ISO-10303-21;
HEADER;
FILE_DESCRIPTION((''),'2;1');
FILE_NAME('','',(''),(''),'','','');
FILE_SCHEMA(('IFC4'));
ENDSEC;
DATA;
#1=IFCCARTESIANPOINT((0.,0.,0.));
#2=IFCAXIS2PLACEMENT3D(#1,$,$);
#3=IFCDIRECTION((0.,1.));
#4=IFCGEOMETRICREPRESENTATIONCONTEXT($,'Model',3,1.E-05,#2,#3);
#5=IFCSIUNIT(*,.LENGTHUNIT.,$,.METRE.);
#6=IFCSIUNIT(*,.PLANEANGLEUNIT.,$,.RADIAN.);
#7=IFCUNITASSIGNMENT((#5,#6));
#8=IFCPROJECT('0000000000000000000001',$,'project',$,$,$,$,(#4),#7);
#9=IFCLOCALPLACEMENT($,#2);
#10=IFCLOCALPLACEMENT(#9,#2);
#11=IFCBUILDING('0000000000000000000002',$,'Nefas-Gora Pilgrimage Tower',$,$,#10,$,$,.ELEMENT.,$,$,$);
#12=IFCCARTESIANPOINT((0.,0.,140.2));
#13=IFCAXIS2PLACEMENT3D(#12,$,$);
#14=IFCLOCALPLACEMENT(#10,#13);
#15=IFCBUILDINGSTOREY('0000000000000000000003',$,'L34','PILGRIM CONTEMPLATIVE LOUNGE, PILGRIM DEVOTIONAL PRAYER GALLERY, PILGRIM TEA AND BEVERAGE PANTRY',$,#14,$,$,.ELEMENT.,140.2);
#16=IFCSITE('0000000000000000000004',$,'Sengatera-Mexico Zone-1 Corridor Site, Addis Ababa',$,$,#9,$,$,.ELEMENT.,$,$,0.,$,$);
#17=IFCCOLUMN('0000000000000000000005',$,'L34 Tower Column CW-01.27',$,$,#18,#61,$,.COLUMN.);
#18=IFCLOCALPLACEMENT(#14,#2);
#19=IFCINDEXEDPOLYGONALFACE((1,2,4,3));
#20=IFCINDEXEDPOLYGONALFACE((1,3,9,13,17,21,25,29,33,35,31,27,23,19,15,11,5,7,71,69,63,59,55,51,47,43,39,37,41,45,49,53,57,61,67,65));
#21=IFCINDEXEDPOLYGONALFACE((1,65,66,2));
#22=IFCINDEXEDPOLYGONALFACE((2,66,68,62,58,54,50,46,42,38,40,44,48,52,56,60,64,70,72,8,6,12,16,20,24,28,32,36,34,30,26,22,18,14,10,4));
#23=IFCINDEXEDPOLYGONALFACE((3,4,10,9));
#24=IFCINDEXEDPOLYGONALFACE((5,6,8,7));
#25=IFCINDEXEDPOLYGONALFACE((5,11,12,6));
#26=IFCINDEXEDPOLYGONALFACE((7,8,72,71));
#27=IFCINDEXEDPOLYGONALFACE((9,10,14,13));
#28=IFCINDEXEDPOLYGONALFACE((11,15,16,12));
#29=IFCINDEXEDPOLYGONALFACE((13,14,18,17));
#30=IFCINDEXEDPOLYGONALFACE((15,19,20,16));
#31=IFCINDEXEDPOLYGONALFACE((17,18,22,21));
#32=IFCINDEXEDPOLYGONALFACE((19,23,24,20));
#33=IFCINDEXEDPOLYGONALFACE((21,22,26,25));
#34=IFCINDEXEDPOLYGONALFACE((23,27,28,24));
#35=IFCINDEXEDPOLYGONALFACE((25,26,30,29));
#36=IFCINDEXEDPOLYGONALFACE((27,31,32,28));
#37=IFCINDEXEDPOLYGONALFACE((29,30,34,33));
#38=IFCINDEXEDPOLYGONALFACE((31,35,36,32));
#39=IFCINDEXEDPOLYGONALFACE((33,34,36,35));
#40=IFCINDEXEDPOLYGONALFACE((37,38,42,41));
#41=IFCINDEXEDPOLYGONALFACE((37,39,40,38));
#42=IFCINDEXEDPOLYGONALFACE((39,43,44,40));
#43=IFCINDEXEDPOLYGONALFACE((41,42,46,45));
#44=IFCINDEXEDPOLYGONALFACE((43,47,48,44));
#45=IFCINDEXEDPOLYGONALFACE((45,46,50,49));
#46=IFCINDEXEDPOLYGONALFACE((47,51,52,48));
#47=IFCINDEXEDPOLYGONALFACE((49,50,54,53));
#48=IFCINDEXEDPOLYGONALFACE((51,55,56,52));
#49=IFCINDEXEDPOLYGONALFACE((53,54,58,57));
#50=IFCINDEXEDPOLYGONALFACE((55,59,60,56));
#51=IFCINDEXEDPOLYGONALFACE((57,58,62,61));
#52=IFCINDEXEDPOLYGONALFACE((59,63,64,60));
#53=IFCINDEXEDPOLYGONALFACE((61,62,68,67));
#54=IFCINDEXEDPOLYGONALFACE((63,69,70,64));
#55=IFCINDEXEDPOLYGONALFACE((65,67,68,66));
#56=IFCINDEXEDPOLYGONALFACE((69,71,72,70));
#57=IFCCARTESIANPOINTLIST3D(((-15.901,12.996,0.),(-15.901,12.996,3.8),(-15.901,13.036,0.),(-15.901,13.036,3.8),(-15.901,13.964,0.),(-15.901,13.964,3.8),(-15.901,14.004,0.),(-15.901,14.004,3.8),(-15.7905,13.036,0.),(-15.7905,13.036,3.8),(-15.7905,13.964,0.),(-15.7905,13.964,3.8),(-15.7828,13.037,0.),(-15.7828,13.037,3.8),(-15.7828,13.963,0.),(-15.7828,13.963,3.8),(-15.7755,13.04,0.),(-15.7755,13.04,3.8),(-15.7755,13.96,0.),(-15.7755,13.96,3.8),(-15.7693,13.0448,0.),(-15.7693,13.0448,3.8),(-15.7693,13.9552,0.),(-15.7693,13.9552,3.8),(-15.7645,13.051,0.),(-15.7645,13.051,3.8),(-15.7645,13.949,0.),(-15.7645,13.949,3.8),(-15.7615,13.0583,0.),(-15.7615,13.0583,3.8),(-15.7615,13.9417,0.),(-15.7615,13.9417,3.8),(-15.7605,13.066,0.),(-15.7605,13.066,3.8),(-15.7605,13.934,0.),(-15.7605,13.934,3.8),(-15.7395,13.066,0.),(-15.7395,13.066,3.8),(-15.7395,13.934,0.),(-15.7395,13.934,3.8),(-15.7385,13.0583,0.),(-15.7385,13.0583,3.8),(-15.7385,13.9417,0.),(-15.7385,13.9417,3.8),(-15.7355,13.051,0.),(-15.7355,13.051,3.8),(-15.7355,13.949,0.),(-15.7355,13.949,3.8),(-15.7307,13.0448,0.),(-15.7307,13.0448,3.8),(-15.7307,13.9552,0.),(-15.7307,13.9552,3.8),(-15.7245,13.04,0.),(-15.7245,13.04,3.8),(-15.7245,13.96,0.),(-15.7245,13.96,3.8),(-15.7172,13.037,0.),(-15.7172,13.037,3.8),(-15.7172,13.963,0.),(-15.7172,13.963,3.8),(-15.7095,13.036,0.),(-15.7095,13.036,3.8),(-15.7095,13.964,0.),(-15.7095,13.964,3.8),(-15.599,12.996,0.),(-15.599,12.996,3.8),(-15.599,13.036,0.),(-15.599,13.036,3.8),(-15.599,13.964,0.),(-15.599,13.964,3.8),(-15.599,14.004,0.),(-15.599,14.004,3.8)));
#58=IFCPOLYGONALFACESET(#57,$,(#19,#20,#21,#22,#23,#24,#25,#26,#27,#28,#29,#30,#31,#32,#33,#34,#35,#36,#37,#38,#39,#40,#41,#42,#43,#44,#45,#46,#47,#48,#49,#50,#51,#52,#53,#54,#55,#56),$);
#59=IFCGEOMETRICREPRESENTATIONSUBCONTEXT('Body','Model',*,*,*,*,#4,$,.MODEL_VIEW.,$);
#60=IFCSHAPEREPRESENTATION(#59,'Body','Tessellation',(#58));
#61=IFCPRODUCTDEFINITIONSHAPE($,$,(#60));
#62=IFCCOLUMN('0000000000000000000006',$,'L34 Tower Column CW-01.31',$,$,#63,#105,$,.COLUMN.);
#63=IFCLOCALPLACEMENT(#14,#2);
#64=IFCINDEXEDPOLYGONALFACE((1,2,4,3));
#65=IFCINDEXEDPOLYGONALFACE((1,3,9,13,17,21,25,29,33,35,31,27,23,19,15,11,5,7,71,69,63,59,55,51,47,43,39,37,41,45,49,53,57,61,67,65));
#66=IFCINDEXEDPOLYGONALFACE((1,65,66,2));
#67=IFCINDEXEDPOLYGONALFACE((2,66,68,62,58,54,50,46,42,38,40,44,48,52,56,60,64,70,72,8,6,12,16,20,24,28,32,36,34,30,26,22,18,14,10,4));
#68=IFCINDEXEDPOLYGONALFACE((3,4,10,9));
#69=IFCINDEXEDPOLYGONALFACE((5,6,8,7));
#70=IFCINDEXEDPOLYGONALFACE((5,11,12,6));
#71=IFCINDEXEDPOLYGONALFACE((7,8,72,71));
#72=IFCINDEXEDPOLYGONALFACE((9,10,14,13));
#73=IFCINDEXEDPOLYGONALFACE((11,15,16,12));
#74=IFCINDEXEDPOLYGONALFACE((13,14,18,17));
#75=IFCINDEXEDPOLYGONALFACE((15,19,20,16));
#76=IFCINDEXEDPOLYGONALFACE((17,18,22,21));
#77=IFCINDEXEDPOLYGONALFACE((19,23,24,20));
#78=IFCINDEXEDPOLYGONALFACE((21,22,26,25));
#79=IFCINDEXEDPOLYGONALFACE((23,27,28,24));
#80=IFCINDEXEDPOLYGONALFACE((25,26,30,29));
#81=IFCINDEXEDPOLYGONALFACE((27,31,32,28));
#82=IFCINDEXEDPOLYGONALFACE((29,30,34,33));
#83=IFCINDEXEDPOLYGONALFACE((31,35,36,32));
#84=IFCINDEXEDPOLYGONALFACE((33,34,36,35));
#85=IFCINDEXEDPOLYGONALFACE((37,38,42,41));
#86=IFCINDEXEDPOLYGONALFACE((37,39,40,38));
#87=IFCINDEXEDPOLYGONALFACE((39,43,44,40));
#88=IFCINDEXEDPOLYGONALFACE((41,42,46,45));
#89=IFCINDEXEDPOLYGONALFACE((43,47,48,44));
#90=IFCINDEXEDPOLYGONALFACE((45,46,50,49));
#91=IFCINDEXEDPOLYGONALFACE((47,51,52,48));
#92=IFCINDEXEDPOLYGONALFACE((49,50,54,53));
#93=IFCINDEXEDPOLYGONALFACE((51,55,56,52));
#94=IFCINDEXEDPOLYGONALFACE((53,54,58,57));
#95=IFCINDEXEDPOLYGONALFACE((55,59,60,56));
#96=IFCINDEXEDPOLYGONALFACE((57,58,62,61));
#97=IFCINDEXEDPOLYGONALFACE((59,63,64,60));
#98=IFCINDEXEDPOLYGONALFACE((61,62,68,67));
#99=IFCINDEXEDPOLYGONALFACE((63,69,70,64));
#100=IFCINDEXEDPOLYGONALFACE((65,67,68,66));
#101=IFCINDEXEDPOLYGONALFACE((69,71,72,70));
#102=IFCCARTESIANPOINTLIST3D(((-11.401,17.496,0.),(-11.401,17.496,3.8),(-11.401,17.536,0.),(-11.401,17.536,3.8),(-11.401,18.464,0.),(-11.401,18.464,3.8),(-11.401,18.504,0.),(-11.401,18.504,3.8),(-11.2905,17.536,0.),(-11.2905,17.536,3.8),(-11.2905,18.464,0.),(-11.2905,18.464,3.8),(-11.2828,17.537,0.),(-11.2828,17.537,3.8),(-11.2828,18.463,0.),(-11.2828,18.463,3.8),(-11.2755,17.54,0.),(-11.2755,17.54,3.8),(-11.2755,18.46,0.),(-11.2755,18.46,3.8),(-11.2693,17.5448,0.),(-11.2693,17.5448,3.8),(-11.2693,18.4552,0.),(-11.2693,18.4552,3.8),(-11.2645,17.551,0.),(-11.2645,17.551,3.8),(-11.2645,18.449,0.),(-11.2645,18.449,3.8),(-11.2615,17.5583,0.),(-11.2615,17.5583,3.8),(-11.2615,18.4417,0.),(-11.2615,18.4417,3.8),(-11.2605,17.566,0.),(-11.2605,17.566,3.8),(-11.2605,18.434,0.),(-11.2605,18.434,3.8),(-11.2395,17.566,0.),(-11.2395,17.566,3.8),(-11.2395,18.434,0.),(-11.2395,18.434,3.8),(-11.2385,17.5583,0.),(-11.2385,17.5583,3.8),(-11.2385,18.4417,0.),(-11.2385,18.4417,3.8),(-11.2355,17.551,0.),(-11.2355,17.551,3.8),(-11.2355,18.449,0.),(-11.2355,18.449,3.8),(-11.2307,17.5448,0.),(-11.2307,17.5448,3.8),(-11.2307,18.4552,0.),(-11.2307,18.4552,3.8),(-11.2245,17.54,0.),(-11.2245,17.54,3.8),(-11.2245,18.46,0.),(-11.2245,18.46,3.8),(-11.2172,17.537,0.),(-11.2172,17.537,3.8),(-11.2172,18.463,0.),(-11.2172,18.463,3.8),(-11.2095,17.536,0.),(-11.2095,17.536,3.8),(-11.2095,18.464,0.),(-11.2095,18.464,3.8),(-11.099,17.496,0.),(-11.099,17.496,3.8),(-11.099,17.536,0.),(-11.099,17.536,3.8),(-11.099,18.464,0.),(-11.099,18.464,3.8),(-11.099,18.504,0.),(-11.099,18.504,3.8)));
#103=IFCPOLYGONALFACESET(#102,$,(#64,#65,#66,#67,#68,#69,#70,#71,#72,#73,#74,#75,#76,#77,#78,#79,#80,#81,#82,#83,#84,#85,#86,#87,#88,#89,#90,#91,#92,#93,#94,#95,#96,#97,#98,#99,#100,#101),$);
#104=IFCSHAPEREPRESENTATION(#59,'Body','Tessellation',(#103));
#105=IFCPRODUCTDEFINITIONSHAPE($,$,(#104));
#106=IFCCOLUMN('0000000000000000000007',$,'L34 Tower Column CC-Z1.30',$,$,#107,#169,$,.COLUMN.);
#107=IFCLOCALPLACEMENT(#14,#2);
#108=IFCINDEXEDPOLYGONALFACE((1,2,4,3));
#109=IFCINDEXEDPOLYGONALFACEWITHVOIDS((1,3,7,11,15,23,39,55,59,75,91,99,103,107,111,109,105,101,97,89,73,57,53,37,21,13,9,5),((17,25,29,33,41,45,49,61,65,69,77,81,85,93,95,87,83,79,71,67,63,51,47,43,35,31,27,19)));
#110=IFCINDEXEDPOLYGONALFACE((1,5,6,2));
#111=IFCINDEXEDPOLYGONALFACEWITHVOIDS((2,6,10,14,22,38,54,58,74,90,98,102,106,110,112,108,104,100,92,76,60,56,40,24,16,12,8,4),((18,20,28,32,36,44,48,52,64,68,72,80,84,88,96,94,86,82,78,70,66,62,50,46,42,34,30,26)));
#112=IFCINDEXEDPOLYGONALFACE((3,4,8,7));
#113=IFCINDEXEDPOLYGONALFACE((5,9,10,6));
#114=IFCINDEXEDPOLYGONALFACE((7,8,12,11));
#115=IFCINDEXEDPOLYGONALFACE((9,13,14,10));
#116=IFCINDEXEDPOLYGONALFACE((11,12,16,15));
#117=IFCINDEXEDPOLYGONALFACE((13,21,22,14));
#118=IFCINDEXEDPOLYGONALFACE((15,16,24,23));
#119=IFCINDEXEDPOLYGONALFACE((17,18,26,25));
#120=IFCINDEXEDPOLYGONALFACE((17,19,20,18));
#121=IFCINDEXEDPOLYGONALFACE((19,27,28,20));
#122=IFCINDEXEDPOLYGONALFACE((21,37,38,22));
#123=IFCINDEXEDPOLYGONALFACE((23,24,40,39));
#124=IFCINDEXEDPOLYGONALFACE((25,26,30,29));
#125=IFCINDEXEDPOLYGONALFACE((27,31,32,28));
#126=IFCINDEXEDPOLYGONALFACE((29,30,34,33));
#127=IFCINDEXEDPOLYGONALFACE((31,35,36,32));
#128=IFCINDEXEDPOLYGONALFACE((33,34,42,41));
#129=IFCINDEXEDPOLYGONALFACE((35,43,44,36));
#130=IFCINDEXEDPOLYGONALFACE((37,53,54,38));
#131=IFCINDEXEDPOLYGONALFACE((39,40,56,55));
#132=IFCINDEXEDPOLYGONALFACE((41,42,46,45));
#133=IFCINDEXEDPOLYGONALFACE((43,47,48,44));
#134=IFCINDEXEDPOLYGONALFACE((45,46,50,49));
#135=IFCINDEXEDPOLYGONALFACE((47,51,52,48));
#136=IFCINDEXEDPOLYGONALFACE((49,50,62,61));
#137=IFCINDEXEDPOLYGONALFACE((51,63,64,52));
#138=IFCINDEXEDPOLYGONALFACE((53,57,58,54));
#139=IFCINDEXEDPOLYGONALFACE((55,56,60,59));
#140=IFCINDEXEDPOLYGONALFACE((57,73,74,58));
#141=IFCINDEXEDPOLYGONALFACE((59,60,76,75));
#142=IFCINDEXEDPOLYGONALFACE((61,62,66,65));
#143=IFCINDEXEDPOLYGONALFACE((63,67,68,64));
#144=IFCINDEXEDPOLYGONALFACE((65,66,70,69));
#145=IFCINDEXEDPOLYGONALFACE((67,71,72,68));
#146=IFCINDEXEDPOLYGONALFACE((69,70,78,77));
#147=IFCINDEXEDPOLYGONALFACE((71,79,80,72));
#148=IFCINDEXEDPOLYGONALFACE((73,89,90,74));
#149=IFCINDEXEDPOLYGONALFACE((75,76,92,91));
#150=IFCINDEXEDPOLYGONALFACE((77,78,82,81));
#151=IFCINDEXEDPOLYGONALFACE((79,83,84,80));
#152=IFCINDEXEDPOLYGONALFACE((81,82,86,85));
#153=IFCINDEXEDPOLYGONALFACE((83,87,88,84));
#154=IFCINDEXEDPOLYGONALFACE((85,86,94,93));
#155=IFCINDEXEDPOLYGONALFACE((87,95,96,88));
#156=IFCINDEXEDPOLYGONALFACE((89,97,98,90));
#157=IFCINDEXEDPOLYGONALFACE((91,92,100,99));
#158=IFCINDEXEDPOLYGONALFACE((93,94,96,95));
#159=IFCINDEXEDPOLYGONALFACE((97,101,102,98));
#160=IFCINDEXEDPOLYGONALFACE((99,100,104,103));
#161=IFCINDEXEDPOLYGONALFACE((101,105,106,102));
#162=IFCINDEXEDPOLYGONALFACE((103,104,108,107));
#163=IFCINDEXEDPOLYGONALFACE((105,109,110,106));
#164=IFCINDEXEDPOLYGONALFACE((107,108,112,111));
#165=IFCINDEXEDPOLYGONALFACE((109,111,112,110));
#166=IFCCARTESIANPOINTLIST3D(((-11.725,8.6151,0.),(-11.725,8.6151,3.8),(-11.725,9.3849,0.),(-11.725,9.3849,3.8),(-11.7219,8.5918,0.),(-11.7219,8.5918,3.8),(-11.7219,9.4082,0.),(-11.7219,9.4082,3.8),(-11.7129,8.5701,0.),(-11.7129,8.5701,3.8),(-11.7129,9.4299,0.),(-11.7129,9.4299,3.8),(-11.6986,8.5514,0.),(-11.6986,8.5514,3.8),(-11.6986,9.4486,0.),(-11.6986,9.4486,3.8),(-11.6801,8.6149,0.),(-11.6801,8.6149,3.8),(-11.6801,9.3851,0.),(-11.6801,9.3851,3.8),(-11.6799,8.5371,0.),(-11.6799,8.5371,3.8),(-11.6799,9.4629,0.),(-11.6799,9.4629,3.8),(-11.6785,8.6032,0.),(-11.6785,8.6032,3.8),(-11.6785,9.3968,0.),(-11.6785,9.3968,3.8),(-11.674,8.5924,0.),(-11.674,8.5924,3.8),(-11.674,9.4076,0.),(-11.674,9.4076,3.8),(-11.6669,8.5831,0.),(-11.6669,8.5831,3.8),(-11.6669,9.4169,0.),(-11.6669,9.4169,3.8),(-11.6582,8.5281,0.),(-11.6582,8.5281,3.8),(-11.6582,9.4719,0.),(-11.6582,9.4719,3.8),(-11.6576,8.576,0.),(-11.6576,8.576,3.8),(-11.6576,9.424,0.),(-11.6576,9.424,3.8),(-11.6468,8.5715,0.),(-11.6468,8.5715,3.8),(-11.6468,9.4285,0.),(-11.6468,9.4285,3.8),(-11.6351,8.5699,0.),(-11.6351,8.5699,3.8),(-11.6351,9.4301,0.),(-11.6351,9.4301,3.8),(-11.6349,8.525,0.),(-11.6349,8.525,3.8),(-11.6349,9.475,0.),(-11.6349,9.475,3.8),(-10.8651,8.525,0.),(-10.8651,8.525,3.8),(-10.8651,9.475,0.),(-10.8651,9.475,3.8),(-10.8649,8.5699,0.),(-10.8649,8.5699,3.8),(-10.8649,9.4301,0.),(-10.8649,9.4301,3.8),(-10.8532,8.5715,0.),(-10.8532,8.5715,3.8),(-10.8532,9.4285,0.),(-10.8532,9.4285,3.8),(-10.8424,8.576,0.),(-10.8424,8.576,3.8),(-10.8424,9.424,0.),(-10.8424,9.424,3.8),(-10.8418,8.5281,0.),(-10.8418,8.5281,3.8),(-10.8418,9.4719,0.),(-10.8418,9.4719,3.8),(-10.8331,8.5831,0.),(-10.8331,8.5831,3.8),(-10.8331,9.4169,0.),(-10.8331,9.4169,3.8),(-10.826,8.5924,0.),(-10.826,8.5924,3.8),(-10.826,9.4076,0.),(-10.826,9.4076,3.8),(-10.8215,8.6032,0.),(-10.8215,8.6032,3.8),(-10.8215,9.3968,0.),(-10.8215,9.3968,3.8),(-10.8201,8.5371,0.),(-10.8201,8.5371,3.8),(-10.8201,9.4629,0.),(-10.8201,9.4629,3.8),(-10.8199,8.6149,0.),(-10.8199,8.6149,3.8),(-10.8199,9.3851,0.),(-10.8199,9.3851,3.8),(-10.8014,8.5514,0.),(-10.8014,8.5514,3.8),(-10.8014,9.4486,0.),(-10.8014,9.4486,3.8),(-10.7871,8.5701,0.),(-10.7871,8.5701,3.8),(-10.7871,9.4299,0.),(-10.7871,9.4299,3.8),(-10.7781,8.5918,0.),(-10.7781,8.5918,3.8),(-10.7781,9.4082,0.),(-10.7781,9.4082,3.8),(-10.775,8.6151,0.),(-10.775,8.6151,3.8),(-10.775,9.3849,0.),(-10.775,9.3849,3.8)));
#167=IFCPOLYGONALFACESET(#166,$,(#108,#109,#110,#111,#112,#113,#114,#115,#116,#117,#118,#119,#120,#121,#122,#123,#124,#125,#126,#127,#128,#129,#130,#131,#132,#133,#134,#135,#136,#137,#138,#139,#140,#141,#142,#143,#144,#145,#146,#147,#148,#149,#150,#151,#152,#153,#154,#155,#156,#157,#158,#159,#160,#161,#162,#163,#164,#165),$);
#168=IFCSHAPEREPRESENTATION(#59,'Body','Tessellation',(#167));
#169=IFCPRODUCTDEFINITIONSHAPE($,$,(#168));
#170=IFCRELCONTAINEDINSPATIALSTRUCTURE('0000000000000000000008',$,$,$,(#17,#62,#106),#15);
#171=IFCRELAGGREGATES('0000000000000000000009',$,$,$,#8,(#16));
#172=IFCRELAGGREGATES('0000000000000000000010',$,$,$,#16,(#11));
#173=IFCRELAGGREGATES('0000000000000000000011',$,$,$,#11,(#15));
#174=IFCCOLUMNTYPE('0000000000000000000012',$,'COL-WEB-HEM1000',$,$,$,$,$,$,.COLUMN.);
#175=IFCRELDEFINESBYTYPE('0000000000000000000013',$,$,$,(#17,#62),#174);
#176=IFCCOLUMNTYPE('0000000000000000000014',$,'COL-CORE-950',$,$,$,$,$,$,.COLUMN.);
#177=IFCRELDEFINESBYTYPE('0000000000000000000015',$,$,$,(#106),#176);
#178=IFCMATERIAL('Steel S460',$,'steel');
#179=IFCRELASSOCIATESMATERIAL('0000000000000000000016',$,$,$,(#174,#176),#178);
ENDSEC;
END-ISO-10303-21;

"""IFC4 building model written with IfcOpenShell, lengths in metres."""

from ifc_helpers import new_model, si_unit, direction, frame, origin, origin_2d, place, context, subcontext, project, spatial, hollow_rectangle, i_section, extrude, source, transform, mapped, material, material_profile, profile_set, type_object, element, save


model = new_model("IFC4")

# Units and contexts
model_context = context("Model", 3, precision=1e-05, world=origin(), true_north=direction((0.0, 1.0)))
body_context = subcontext(model_context, "Body", "Model", "MODEL_VIEW")
ifc_project = project(units=[si_unit("LENGTHUNIT", "METRE"), si_unit("PLANEANGLEUNIT", "RADIAN")], contexts=[model_context])

# Site, building, storey
site_placement = place(None, origin())
site = spatial("IfcSite", under=ifc_project, at=site_placement, Name="Sengatera-Mexico Zone-1 Corridor Site, Addis Ababa", CompositionType="ELEMENT", RefElevation=0.0)
building_placement = place(site_placement, origin())
building = spatial("IfcBuilding", under=site, at=building_placement, Name="Nefas-Gora Pilgrimage Tower", CompositionType="ELEMENT")
storey_placement = place(building_placement, frame((0.0, 0.0, 140.2)))
storey = spatial("IfcBuildingStorey", under=building, at=storey_placement, Name="L34", Description="PILGRIM CONTEMPLATIVE LOUNGE, PILGRIM DEVOTIONAL PRAYER GALLERY, PILGRIM TEA AND BEVERAGE PANTRY", CompositionType="ELEMENT", Elevation=140.2)

# Columns
ifc_material_1 = material(Name="Steel S460", Category="steel")
ifc_material_profile_1 = material_profile(ifc_material_1, i_section(OverallWidth=0.302, OverallDepth=1.0081, WebThickness=0.021, FlangeThickness=0.04, FilletRadius=0.03, at=origin_2d()), Name="HEM 1000")
ifc_profile_set_1 = profile_set([ifc_material_profile_1], Name="Steel S460")
column_type_1 = type_object("IfcColumnType", Name="COL-WEB-HEM1000", PredefinedType="COLUMN", material=ifc_profile_set_1)
shared_shape_1 = source(origin(), body_context, "Body", "SweptSolid", [
    extrude(i_section(OverallWidth=0.302, OverallDepth=1.0081, WebThickness=0.021, FlangeThickness=0.04, FilletRadius=0.03, at=origin_2d()), origin(), (0.0, 0.0, 1.0), 3.8),
])
for number, where, z_axis, x_axis, name in (
    (1, (-15.75, 13.5, 0.0), (0.0, 0.0, 1.0), (1.0, 0.0, 0.0), "L34 Tower Column CW-01.27"),
    (2, (-11.25, 18.0, 0.0), (0.0, 0.0, 1.0), (1.0, 0.0, 0.0), "L34 Tower Column CW-01.31"),
):
    element("IfcColumn", number, at=place(storey_placement, frame(where, z_axis=z_axis, x_axis=x_axis)), inside=storey, type_object=column_type_1, Name=name, PredefinedType="COLUMN", context=body_context, shape_type="MappedRepresentation", body=[
        mapped(shared_shape_1, transform((0.0, 0.0, 0.0), x_axis=(1.0, 0.0, 0.0), y_axis=(0.0, 1.0, 0.0), z_axis=(0.0, 0.0, 1.0), scale=1.0)),
    ])
ifc_material_profile_2 = material_profile(ifc_material_1, hollow_rectangle(XDim=0.95, YDim=0.95, WallThickness=0.0449, InnerFilletRadius=0.0449, OuterFilletRadius=0.0901, at=origin_2d()), Name="BOX 950x950x45")
ifc_profile_set_2 = profile_set([ifc_material_profile_2], Name="Steel S460")
column_type_2 = type_object("IfcColumnType", Name="COL-CORE-950", PredefinedType="COLUMN", material=ifc_profile_set_2)
shared_shape_2 = source(origin(), body_context, "Body", "SweptSolid", [
    extrude(hollow_rectangle(XDim=0.95, YDim=0.95, WallThickness=0.0449, InnerFilletRadius=0.0449, OuterFilletRadius=0.0901, at=origin_2d()), origin(), (0.0, 0.0, 1.0), 3.8),
])
column_placement = place(storey_placement, frame((-11.25, 9.0, 0.0), z_axis=(0.0, 0.0, 1.0), x_axis=(1.0, 0.0, 0.0)))
element("IfcColumn", 3, at=column_placement, inside=storey, type_object=column_type_2, Name="L34 Tower Column CC-Z1.30", PredefinedType="COLUMN", context=body_context, shape_type="MappedRepresentation", body=[
    mapped(shared_shape_2, transform((0.0, 0.0, 0.0), x_axis=(1.0, 0.0, 0.0), y_axis=(0.0, 1.0, 0.0), z_axis=(0.0, 0.0, 1.0), scale=1.0)),
])

save(model, "model.ifc")
